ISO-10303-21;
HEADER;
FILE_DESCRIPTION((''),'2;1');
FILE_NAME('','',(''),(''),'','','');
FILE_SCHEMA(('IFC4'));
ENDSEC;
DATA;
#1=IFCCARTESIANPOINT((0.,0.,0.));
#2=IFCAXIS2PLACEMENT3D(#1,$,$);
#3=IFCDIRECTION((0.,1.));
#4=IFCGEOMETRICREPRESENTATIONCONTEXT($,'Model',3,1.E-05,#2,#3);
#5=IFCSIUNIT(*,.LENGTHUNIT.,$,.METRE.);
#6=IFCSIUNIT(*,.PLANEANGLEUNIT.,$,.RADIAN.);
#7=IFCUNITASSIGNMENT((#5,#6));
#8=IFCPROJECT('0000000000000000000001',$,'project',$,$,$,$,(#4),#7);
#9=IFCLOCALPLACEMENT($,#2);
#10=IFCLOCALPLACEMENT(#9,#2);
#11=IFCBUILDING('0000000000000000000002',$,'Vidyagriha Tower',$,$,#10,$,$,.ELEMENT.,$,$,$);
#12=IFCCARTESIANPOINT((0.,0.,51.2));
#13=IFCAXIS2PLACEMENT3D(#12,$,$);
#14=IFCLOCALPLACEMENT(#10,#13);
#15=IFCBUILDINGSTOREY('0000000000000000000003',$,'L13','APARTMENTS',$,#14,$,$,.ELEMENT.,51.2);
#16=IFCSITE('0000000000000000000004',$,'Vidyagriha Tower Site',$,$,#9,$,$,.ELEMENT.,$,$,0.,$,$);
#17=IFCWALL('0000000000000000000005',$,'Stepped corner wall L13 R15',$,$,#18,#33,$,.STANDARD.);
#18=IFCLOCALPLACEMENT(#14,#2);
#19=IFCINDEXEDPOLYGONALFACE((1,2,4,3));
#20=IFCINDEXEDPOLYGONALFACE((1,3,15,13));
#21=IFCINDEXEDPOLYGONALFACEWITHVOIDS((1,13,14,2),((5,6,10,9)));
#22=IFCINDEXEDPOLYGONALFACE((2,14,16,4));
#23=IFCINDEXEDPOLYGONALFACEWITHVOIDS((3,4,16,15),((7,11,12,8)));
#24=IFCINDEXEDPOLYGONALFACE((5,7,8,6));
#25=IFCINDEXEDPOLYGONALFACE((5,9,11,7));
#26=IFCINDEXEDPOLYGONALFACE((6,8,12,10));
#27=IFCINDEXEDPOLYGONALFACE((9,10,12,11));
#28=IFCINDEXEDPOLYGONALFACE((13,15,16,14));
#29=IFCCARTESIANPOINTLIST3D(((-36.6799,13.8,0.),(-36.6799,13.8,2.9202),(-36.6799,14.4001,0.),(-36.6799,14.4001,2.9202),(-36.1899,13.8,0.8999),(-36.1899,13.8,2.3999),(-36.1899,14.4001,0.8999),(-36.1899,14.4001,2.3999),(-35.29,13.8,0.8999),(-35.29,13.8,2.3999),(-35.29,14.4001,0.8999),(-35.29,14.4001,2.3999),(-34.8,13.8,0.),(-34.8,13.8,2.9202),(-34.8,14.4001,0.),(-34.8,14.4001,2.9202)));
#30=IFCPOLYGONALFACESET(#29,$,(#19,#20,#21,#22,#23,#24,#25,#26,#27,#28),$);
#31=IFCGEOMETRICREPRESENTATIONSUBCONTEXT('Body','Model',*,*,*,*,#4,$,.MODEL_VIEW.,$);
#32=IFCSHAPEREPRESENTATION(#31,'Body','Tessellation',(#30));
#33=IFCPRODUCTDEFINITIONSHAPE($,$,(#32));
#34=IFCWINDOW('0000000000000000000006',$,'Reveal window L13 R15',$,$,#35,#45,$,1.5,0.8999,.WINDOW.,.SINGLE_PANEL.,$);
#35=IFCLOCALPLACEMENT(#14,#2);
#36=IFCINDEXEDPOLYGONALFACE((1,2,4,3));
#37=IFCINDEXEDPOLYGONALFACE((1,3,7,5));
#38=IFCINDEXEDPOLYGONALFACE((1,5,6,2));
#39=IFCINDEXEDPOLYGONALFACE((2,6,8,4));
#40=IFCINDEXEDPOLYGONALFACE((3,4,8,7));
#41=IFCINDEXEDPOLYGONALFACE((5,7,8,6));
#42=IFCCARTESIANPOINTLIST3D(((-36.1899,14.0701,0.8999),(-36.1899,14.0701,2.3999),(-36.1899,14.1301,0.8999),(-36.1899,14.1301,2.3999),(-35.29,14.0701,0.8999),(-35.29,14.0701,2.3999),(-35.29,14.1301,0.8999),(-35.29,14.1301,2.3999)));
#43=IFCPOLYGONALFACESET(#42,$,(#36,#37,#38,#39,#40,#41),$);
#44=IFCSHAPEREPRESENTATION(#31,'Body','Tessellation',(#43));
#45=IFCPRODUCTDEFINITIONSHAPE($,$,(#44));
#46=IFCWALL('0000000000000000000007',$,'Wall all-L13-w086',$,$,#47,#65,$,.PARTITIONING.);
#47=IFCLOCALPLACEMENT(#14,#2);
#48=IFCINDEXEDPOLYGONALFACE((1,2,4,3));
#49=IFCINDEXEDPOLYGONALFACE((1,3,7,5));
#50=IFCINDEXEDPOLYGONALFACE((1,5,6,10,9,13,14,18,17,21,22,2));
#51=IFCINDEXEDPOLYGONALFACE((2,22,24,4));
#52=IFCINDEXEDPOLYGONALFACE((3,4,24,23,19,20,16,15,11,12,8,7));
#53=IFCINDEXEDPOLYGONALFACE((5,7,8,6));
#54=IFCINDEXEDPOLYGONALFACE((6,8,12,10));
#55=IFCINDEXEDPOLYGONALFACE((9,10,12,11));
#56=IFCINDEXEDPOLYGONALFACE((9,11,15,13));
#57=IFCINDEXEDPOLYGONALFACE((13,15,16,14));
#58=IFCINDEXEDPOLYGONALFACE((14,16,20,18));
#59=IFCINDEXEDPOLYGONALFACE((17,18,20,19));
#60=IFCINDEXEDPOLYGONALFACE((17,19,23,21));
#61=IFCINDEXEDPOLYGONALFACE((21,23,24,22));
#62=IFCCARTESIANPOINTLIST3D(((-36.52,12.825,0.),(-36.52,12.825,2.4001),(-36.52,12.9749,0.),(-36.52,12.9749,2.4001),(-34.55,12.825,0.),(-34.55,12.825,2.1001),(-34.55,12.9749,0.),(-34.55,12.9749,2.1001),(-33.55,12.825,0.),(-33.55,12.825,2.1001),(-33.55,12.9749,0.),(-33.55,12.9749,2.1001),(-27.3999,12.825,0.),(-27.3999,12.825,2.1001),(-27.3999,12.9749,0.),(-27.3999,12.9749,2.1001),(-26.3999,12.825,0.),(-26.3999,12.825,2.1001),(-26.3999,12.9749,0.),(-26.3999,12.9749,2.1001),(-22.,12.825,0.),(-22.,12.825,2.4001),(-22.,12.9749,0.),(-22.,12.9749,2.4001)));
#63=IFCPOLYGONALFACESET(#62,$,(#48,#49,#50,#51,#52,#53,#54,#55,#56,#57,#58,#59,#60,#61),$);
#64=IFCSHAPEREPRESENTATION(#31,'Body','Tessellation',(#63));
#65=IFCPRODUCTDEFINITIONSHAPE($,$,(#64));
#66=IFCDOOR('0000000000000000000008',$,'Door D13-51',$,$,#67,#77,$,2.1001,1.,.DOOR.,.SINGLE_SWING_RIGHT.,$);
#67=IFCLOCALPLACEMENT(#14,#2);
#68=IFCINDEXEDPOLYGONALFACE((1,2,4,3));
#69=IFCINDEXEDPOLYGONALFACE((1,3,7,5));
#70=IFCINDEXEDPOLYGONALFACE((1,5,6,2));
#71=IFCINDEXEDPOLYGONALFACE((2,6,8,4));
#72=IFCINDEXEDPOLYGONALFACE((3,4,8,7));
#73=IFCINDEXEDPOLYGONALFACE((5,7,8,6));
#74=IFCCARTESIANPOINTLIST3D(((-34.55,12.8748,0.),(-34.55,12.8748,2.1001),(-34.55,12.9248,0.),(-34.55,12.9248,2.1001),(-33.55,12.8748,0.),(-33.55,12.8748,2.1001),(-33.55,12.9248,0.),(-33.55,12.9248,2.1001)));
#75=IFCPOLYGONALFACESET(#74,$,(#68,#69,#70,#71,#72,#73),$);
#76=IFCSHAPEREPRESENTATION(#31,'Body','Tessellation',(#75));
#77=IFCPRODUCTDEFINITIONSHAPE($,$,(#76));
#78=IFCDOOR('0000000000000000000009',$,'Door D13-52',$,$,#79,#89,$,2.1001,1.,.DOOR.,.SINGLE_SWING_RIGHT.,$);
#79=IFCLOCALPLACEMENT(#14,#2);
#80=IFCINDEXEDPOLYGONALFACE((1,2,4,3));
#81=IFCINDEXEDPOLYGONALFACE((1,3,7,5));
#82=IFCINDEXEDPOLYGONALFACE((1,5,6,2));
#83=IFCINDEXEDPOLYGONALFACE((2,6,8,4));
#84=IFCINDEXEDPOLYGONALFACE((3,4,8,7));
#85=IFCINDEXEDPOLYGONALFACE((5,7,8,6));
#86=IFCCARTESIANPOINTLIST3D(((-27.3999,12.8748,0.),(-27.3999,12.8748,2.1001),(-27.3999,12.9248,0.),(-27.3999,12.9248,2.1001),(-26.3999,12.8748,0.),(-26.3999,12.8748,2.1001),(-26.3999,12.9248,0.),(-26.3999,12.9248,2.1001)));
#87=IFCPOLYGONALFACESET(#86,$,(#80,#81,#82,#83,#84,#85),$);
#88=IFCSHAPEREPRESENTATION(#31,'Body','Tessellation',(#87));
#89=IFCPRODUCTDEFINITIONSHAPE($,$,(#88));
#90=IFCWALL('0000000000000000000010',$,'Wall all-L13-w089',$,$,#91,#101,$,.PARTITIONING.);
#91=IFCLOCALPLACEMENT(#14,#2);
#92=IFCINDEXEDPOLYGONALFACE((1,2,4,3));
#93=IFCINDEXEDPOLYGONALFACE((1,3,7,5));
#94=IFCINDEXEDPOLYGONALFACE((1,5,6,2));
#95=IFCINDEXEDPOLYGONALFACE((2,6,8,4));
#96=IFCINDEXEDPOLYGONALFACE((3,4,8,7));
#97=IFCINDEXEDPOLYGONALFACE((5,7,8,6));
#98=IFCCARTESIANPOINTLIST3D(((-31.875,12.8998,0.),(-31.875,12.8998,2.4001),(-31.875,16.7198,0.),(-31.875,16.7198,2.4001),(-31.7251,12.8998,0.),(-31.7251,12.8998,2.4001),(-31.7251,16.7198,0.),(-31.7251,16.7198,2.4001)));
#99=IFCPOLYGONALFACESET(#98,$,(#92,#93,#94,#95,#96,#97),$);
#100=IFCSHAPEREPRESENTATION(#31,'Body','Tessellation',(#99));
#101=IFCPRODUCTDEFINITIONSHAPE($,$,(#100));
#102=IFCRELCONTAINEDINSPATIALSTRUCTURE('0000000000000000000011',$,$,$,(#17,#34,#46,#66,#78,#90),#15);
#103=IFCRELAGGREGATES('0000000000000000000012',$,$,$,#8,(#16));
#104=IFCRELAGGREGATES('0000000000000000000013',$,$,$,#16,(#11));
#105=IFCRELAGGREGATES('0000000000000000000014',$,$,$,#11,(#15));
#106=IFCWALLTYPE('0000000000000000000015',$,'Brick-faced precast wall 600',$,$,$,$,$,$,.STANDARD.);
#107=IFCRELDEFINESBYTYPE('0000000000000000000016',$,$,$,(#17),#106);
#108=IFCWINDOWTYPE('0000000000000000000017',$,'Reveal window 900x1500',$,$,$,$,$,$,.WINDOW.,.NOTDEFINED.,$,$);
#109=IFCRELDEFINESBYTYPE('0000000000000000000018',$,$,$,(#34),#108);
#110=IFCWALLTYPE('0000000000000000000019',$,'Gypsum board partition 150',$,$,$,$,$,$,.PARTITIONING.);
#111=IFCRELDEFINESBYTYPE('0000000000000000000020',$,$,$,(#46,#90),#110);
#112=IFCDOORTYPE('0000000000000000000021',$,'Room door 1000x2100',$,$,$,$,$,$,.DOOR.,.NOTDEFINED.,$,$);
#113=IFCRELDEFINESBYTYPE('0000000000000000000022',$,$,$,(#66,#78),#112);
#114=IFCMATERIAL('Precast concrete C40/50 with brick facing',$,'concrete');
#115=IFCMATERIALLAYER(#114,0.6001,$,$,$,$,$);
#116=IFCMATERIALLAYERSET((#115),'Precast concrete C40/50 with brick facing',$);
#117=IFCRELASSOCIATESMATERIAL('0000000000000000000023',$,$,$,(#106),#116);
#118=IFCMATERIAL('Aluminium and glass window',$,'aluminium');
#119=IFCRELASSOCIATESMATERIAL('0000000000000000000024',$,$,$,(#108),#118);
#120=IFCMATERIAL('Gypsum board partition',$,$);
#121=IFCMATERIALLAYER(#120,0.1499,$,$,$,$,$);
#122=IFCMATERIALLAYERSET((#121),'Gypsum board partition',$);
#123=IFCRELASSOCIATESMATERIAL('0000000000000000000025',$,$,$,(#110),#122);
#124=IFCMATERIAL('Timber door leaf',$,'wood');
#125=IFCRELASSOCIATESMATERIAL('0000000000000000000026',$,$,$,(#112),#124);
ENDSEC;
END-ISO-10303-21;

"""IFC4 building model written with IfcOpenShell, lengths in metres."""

from ifc_helpers import new_model, si_unit, direction, frame, frame_2d, origin, place, context, subcontext, project, spatial, rectangle, extrude, material, layer, layer_set, type_object, element, fill, save


model = new_model("IFC4")

# Units and contexts
model_context = context("Model", 3, precision=1e-05, world=origin(), true_north=direction((0.0, 1.0)))
body_context = subcontext(model_context, "Body", "Model", "MODEL_VIEW")
ifc_project = project(units=[si_unit("LENGTHUNIT", "METRE"), si_unit("PLANEANGLEUNIT", "RADIAN")], contexts=[model_context])

# Site, building, storey
site_placement = place(None, origin())
site = spatial("IfcSite", under=ifc_project, at=site_placement, Name="Vidyagriha Tower Site", CompositionType="ELEMENT", RefElevation=0.0)
building_placement = place(site_placement, origin())
building = spatial("IfcBuilding", under=site, at=building_placement, Name="Vidyagriha Tower", CompositionType="ELEMENT")
storey_placement = place(building_placement, frame((0.0, 0.0, 51.2)))
storey = spatial("IfcBuildingStorey", under=building, at=storey_placement, Name="L13", Description="APARTMENTS", CompositionType="ELEMENT", Elevation=51.2)

# Shared definitions
ifc_material_1 = material(Name="Precast concrete C40/50 with brick facing", Category="concrete")
ifc_layer_1 = layer(ifc_material_1, 0.6001)
ifc_layer_set_1 = layer_set([ifc_layer_1], Name="Precast concrete C40/50 with brick facing")
wall_type_1 = type_object("IfcWallType", Name="Brick-faced precast wall 600", PredefinedType="STANDARD", material=ifc_layer_set_1)

# Shared definitions
ifc_material_2 = material(Name="Aluminium and glass window", Category="aluminium")
window_type = type_object("IfcWindowType", Name="Reveal window 900x1500", PartitioningType="NOTDEFINED", PredefinedType="WINDOW", material=ifc_material_2)

# Wall, opening, window
wall_1_placement = place(storey_placement, frame((-34.8, 14.1001, 0.0), z_axis=(0.0, 0.0, 1.0), x_axis=(-1.0, 0.0, 0.0)))
wall_1 = element("IfcWall", 1, at=wall_1_placement, inside=storey, type_object=wall_type_1, Name="Stepped corner wall L13 R15", PredefinedType="STANDARD", context=body_context, shape_type="SweptSolid", body=[
    extrude(rectangle(XDim=1.8799, YDim=0.6001, at=frame_2d((0.9399, 0.0))), origin(), (0.0, 0.0, 1.0), 2.9202),
])
opening_1_placement = place(wall_1_placement, frame((0.49, 0.0, 0.8999)))
opening_1 = element("IfcOpeningElement", 2, at=opening_1_placement, cuts=wall_1, PredefinedType="OPENING", context=body_context, shape_type="SweptSolid", body=[
    extrude(rectangle(XDim=0.8999, YDim=1.5, at=frame_2d((0.45, 0.75))), frame((0.0, 0.3101, 0.0), z_axis=(0.0, -1.0, 0.0), x_axis=(1.0, 0.0, 0.0)), (0.0, 0.0, 1.0), 0.6201),
])
window_1_placement = place(opening_1_placement, origin())
window_1 = element("IfcWindow", 3, at=window_1_placement, inside=storey, type_object=window_type, Name="Reveal window L13 R15", OverallHeight=1.5, OverallWidth=0.8999, PartitioningType="SINGLE_PANEL", PredefinedType="WINDOW", context=body_context, shape_type="SweptSolid", body=[
    extrude(rectangle(XDim=0.8999, YDim=1.5, at=frame_2d((0.45, 0.75))), frame((0.0, 0.03, 0.0), z_axis=(0.0, -1.0, 0.0), x_axis=(1.0, 0.0, 0.0)), (0.0, 0.0, 1.0), 0.0601),
])
fill(opening_1, window_1)

# Wall, openings, doors
ifc_material_3 = material(Name="Gypsum board partition")
ifc_layer_2 = layer(ifc_material_3, 0.1499)
ifc_layer_set_2 = layer_set([ifc_layer_2], Name="Gypsum board partition")
wall_type_2 = type_object("IfcWallType", Name="Gypsum board partition 150", PredefinedType="PARTITIONING", material=ifc_layer_set_2)
wall_2_placement = place(storey_placement, frame((-36.52, 12.8999, 0.0)))
wall_2 = element("IfcWall", 4, at=wall_2_placement, inside=storey, type_object=wall_type_2, Name="Wall all-L13-w086", PredefinedType="PARTITIONING", context=body_context, shape_type="SweptSolid", body=[
    extrude(rectangle(XDim=14.52, YDim=0.1499, at=frame_2d((7.26, 0.0))), origin(), (0.0, 0.0, 1.0), 2.4001),
])
opening_2_placement = place(wall_2_placement, frame((1.97, 0.0, 0.0)))
opening_2 = element("IfcOpeningElement", 5, at=opening_2_placement, cuts=wall_2, PredefinedType="OPENING", context=body_context, shape_type="SweptSolid", body=[
    extrude(rectangle(XDim=1.0, YDim=2.1001, at=frame_2d((0.5, 1.05))), frame((0.0, 0.085, 0.0), z_axis=(0.0, -1.0, 0.0), x_axis=(1.0, 0.0, 0.0)), (0.0, 0.0, 1.0), 0.1699),
])
opening_3_placement = place(wall_2_placement, frame((9.1201, 0.0, 0.0)))
opening_3 = element("IfcOpeningElement", 6, at=opening_3_placement, cuts=wall_2, PredefinedType="OPENING", context=body_context, shape_type="SweptSolid", body=[
    extrude(rectangle(XDim=1.0, YDim=2.1001, at=frame_2d((0.5, 1.05))), frame((0.0, 0.085, 0.0), z_axis=(0.0, -1.0, 0.0), x_axis=(1.0, 0.0, 0.0)), (0.0, 0.0, 1.0), 0.1699),
])
ifc_material_4 = material(Name="Timber door leaf", Category="wood")
door_type = type_object("IfcDoorType", Name="Room door 1000x2100", OperationType="NOTDEFINED", PredefinedType="DOOR", material=ifc_material_4)
door_1_placement = place(opening_2_placement, origin())
door_1 = element("IfcDoor", 7, at=door_1_placement, inside=storey, type_object=door_type, Name="Door D13-51", OperationType="SINGLE_SWING_RIGHT", OverallHeight=2.1001, OverallWidth=1.0, PredefinedType="DOOR", context=body_context, shape_type="SweptSolid", body=[
    extrude(rectangle(XDim=1.0, YDim=2.1001, at=frame_2d((0.5, 1.05))), frame((0.0, 0.0249, 0.0), z_axis=(0.0, -1.0, 0.0), x_axis=(1.0, 0.0, 0.0)), (0.0, 0.0, 1.0), 0.05),
])
fill(opening_2, door_1)
door_2_placement = place(opening_3_placement, origin())
door_2 = element("IfcDoor", 8, at=door_2_placement, inside=storey, type_object=door_type, Name="Door D13-52", OperationType="SINGLE_SWING_RIGHT", OverallHeight=2.1001, OverallWidth=1.0, PredefinedType="DOOR", context=body_context, shape_type="SweptSolid", body=[
    extrude(rectangle(XDim=1.0, YDim=2.1001, at=frame_2d((0.5, 1.05))), frame((0.0, 0.0249, 0.0), z_axis=(0.0, -1.0, 0.0), x_axis=(1.0, 0.0, 0.0)), (0.0, 0.0, 1.0), 0.05),
])
fill(opening_3, door_2)

# Wall
wall_3_placement = place(storey_placement, frame((-31.8, 16.72, 0.0), z_axis=(0.0, 0.0, 1.0), x_axis=(0.0, -1.0, 0.0)))
element("IfcWall", 9, at=wall_3_placement, inside=storey, type_object=wall_type_2, Name="Wall all-L13-w089", PredefinedType="PARTITIONING", context=body_context, shape_type="SweptSolid", body=[
    extrude(rectangle(XDim=3.8201, YDim=0.1499, at=frame_2d((1.9102, 0.0))), origin(), (0.0, 0.0, 1.0), 2.4001),
])

save(model, "model.ifc")
